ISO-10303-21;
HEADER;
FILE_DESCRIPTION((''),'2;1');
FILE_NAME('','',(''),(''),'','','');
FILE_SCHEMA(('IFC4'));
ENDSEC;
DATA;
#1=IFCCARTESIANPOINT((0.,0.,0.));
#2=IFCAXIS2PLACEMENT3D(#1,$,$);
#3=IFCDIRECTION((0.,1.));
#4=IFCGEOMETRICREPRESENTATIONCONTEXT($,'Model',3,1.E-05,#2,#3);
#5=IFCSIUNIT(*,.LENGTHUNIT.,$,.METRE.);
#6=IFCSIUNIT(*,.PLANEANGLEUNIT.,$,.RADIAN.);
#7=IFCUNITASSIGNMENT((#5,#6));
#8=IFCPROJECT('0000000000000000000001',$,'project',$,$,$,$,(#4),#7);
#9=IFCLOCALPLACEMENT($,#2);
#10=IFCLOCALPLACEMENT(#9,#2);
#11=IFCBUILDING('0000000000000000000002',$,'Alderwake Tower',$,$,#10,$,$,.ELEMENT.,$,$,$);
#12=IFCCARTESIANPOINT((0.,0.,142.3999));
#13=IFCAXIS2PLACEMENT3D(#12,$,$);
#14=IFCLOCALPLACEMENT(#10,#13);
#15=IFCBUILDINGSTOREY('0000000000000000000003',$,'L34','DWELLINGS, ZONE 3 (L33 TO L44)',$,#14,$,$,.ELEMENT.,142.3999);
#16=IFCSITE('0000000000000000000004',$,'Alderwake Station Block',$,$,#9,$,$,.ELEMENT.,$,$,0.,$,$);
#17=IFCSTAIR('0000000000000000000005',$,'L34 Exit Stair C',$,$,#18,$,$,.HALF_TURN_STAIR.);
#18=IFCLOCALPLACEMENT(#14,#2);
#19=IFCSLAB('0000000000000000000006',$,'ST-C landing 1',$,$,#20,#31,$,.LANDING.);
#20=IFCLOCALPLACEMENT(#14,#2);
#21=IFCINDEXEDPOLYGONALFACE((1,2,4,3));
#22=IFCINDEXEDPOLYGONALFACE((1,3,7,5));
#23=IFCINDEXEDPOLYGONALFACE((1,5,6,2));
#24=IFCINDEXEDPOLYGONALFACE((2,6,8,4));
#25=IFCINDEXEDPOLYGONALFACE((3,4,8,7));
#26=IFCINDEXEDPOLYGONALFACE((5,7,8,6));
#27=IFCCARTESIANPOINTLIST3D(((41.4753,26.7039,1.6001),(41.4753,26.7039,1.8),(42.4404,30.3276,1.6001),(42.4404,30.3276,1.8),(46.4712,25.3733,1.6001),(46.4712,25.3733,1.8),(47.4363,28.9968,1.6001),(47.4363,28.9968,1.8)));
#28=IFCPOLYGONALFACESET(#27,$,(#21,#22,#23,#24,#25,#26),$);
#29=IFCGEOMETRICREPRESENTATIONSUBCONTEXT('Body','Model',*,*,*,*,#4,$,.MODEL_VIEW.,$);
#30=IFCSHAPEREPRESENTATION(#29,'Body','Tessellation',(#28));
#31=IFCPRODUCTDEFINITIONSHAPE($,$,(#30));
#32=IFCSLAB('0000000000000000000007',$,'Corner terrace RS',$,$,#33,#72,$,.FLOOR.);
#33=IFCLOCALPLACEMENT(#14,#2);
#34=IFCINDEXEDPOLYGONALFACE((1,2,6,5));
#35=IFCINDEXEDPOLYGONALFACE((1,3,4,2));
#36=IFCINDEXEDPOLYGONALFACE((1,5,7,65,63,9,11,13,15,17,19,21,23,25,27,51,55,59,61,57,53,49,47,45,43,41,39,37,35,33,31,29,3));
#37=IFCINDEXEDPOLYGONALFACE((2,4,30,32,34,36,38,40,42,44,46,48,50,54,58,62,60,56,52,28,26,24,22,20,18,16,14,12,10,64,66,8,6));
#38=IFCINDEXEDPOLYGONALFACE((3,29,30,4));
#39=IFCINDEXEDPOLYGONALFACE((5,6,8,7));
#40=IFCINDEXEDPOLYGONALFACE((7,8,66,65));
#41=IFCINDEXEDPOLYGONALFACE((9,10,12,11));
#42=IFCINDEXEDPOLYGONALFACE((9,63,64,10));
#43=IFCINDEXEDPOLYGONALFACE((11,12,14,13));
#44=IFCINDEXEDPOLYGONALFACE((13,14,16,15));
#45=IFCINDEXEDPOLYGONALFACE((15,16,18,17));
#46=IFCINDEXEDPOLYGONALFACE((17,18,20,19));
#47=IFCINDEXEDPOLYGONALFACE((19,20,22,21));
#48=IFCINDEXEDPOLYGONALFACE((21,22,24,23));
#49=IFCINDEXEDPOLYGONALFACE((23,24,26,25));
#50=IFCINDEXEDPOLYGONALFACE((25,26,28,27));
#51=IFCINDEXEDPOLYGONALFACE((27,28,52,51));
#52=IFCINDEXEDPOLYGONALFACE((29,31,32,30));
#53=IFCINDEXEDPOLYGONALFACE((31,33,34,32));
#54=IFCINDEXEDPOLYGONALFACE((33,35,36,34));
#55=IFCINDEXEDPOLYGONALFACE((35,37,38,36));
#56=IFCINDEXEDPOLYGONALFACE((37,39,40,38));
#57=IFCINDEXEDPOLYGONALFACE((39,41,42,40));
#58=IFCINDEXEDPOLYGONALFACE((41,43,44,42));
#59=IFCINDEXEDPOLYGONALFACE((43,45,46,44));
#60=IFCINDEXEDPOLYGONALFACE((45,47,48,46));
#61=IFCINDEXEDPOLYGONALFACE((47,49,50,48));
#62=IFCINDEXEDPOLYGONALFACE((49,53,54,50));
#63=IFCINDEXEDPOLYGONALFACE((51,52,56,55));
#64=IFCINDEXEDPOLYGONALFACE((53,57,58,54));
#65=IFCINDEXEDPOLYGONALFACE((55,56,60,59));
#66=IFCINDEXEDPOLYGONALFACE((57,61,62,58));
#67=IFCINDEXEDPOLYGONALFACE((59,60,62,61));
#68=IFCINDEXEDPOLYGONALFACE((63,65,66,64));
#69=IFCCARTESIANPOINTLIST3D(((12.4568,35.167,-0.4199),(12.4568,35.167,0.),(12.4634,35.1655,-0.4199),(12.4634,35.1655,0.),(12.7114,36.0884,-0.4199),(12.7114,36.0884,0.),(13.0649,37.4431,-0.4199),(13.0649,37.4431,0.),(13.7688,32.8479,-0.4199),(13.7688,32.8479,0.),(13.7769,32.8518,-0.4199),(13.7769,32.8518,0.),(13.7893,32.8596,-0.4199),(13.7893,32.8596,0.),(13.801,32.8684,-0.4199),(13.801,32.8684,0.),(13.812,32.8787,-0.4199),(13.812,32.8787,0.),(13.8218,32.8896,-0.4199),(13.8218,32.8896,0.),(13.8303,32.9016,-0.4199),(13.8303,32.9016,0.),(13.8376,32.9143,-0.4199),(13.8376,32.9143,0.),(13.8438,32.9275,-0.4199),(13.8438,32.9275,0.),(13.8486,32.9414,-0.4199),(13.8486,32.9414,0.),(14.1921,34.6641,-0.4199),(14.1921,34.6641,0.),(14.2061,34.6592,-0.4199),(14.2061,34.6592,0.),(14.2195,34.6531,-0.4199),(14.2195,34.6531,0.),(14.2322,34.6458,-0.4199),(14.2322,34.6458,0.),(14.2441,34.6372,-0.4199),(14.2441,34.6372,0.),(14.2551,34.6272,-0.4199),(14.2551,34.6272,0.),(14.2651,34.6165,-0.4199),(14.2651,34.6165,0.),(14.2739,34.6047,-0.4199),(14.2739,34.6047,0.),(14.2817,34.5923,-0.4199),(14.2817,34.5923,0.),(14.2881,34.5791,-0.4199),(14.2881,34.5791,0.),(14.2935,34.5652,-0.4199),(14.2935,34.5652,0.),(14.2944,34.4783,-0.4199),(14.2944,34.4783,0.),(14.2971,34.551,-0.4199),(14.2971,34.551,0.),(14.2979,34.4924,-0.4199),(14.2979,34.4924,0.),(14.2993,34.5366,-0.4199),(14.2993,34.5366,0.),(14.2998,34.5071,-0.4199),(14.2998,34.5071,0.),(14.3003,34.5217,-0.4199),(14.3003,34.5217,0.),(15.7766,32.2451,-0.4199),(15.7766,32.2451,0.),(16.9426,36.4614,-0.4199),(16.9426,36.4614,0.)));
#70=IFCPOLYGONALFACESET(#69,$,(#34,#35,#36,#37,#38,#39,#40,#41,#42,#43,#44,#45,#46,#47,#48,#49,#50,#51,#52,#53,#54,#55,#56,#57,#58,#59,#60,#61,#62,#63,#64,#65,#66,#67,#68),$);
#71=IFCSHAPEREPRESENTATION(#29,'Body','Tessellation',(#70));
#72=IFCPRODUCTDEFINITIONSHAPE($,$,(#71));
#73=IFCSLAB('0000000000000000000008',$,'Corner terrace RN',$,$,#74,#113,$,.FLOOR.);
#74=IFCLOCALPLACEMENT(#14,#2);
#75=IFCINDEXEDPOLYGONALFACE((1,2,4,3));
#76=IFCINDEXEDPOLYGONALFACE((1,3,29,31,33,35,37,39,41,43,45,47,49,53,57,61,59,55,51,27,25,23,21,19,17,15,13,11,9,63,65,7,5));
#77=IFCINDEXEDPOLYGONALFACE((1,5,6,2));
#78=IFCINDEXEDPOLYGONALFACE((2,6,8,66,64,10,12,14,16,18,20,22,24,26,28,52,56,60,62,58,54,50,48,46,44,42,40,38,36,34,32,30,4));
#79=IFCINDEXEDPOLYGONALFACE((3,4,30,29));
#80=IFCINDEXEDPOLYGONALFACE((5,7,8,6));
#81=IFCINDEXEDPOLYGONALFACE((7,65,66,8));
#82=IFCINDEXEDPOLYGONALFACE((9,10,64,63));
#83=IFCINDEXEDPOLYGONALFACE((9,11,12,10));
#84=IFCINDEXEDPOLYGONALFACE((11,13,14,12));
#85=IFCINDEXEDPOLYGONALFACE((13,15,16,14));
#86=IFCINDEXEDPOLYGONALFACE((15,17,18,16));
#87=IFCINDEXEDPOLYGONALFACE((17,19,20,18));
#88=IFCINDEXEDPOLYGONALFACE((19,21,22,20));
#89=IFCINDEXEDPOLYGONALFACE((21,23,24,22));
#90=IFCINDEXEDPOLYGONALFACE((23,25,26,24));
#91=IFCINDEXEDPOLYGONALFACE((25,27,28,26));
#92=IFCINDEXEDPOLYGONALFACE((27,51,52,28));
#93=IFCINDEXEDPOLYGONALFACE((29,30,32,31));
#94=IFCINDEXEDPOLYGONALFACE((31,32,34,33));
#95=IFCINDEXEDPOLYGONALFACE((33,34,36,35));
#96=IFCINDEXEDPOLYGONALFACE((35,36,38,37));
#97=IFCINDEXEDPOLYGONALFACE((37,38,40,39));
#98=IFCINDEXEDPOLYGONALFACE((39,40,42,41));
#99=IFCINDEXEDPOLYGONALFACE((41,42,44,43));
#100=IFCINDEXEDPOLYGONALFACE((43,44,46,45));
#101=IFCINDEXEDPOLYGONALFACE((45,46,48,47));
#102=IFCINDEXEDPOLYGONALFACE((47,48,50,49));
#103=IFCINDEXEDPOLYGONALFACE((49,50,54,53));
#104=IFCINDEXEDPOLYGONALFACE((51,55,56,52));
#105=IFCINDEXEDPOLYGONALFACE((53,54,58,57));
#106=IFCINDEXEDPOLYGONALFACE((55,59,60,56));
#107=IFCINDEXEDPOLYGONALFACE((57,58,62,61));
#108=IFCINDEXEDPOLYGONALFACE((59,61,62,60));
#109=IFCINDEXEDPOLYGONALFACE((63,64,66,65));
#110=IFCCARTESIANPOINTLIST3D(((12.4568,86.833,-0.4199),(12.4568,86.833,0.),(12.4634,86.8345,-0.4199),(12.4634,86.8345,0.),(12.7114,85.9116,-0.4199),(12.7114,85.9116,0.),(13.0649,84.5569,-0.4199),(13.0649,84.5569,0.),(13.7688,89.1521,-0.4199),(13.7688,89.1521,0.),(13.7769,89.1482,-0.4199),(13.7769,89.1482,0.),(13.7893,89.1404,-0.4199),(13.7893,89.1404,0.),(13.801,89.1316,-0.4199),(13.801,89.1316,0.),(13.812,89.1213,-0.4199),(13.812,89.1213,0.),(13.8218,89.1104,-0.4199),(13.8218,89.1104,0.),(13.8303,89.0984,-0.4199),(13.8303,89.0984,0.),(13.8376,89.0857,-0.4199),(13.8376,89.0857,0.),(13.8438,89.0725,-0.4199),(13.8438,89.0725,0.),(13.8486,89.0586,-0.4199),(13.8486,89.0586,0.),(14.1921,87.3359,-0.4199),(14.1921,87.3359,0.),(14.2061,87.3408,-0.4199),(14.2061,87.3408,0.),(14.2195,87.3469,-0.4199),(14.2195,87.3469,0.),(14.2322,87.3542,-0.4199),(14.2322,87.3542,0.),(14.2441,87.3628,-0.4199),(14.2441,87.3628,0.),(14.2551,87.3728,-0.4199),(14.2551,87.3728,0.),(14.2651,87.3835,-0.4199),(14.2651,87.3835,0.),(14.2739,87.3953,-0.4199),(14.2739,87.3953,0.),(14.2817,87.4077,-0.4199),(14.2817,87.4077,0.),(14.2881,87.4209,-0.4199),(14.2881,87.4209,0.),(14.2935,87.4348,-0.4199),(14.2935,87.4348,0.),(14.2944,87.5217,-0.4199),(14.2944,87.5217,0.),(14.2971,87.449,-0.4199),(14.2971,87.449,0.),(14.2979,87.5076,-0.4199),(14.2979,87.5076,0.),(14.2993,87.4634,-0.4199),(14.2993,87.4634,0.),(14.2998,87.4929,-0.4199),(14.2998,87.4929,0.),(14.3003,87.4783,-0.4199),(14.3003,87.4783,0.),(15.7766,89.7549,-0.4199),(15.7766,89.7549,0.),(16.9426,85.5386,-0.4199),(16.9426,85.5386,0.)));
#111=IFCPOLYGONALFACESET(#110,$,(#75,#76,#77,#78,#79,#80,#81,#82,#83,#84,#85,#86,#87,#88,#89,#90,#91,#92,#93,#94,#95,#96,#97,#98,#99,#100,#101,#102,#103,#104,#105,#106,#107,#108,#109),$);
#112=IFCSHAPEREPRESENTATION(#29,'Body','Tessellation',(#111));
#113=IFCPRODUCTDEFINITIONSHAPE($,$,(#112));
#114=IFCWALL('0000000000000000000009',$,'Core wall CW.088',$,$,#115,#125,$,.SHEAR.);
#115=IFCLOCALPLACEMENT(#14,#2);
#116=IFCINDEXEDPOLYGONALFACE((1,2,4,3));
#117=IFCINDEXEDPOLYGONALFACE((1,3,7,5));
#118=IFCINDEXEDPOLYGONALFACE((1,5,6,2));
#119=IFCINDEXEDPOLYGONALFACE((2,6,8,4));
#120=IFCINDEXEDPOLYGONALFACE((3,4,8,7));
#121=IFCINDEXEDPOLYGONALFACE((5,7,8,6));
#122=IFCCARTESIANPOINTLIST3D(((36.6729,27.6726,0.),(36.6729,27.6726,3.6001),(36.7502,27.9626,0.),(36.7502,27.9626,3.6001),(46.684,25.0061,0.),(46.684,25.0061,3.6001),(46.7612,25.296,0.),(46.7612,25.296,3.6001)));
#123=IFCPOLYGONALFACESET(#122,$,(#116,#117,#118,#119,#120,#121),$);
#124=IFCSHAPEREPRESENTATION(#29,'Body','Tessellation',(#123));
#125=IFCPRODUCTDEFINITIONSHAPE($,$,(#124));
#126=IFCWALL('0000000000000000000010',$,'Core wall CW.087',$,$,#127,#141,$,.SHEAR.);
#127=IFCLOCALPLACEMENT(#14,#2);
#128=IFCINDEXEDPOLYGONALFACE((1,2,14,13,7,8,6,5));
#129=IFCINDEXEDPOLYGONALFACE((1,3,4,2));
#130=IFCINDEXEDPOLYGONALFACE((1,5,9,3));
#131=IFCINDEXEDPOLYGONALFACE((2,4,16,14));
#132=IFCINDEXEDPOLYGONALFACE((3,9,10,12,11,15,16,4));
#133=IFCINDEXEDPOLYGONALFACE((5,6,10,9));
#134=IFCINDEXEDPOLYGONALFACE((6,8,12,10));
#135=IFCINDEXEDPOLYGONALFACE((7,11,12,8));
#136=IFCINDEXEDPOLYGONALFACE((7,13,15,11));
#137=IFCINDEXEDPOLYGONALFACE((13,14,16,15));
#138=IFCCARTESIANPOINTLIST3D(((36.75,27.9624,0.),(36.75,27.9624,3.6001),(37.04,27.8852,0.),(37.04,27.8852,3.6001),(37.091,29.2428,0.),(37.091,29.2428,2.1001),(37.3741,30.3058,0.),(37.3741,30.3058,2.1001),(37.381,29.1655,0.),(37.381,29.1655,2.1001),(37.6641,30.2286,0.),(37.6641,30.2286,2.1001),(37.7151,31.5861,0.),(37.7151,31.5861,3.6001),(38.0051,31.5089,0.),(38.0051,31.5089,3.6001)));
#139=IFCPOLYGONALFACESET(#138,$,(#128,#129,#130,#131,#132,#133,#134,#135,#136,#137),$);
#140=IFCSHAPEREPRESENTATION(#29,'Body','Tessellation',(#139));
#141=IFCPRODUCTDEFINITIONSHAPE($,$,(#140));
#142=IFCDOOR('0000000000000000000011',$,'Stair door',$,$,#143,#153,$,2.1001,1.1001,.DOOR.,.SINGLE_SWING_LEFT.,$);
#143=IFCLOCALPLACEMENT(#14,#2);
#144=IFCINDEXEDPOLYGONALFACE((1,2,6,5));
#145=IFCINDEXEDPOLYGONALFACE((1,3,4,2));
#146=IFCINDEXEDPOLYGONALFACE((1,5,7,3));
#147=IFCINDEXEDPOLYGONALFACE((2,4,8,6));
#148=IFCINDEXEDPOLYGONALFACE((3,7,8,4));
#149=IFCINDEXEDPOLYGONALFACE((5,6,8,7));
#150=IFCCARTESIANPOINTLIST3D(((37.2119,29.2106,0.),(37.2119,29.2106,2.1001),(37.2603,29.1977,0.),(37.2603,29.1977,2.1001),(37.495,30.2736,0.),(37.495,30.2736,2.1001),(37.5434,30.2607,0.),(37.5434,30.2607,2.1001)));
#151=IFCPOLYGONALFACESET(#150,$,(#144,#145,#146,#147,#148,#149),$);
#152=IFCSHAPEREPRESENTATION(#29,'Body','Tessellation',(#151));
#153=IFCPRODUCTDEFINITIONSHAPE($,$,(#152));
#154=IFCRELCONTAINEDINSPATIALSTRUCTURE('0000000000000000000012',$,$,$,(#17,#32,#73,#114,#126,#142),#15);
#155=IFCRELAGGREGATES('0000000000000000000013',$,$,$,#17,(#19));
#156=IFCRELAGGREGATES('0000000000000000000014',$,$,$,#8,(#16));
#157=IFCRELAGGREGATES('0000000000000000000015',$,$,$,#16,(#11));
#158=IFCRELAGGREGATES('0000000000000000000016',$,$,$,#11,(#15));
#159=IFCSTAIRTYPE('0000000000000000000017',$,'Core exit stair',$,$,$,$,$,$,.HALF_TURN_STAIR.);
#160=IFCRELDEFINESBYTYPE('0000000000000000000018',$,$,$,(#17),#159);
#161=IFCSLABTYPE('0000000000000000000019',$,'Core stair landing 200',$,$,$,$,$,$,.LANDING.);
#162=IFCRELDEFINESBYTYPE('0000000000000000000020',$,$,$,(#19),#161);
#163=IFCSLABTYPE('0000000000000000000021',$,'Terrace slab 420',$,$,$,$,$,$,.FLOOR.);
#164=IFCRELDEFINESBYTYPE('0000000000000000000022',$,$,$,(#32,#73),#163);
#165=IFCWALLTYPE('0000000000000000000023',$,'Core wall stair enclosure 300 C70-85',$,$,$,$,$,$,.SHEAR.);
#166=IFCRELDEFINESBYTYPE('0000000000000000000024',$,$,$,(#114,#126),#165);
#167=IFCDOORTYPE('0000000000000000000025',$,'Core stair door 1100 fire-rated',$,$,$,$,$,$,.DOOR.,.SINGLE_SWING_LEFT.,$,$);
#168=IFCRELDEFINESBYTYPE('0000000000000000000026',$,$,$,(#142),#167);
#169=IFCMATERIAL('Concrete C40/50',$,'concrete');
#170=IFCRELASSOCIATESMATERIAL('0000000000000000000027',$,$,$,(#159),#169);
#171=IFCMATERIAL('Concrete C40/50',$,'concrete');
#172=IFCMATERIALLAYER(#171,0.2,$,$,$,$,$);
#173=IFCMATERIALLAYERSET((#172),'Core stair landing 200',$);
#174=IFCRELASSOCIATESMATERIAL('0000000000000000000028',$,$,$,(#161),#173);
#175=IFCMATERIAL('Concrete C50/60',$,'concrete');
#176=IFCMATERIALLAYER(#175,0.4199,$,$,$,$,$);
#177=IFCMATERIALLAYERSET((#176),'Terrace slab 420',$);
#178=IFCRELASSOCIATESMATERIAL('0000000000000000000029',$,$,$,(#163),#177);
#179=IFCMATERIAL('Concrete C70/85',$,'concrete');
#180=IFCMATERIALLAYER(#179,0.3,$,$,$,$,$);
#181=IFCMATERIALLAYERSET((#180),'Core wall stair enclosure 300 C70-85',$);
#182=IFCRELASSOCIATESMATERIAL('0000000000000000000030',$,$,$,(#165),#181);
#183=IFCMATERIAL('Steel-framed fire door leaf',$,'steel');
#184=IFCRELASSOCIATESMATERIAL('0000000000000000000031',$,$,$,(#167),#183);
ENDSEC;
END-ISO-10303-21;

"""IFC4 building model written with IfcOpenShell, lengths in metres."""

from ifc_helpers import new_model, si_unit, direction, frame, frame_2d, origin, place, context, subcontext, project, spatial, polyline, rectangle, outline, extrude, material, layer, layer_set, type_object, element, fill, aggregate, save


model = new_model("IFC4")

# Units and contexts
model_context = context("Model", 3, precision=1e-05, world=origin(), true_north=direction((0.0, 1.0)))
body_context = subcontext(model_context, "Body", "Model", "MODEL_VIEW")
ifc_project = project(units=[si_unit("LENGTHUNIT", "METRE"), si_unit("PLANEANGLEUNIT", "RADIAN")], contexts=[model_context])

# Site, building, storey
site_placement = place(None, origin())
site = spatial("IfcSite", under=ifc_project, at=site_placement, Name="Alderwake Station Block", CompositionType="ELEMENT", RefElevation=0.0)
building_placement = place(site_placement, origin())
building = spatial("IfcBuilding", under=site, at=building_placement, Name="Alderwake Tower", CompositionType="ELEMENT")
storey_placement = place(building_placement, frame((0.0, 0.0, 142.3999)))
storey = spatial("IfcBuildingStorey", under=building, at=storey_placement, Name="L34", Description="DWELLINGS, ZONE 3 (L33 TO L44)", CompositionType="ELEMENT", Elevation=142.3999)

# Stair, slab
ifc_material_1 = material(Name="Concrete C40/50", Category="concrete")
stair_type = type_object("IfcStairType", Name="Core exit stair", PredefinedType="HALF_TURN_STAIR", material=ifc_material_1)
ifc_material_2 = material(Name="Concrete C40/50", Category="concrete")
ifc_layer_1 = layer(ifc_material_2, 0.2)
ifc_layer_set_1 = layer_set([ifc_layer_1], Name="Core stair landing 200")
slab_type_1 = type_object("IfcSlabType", Name="Core stair landing 200", PredefinedType="LANDING", material=ifc_layer_set_1)
stair_1_placement = place(storey_placement, origin())
stair_1 = element("IfcStair", 1, at=stair_1_placement, inside=storey, type_object=stair_type, Name="L34 Exit Stair C", PredefinedType="HALF_TURN_STAIR")
slab_1_placement = place(storey_placement, frame((0.0, 0.0, 1.6001)))
slab_1 = element("IfcSlab", 2, at=slab_1_placement, type_object=slab_type_1, Name="ST-C landing 1", PredefinedType="LANDING", context=body_context, shape_type="SweptSolid", body=[
    extrude(outline(polyline([(41.4753, 26.7039), (46.4712, 25.3733), (47.4363, 28.9968), (42.4404, 30.3276), (41.4753, 26.7039)])), origin(), (0.0, 0.0, 1.0), 0.2),
])
aggregate(stair_1, [slab_1])

# Slabs
ifc_material_3 = material(Name="Concrete C50/60", Category="concrete")
ifc_layer_2 = layer(ifc_material_3, 0.4199)
ifc_layer_set_2 = layer_set([ifc_layer_2], Name="Terrace slab 420")
slab_type_2 = type_object("IfcSlabType", Name="Terrace slab 420", PredefinedType="FLOOR", material=ifc_layer_set_2)
slab_2_placement = place(storey_placement, frame((0.0, 0.0, -0.4199)))
element("IfcSlab", 3, at=slab_2_placement, inside=storey, type_object=slab_type_2, Name="Corner terrace RS", PredefinedType="FLOOR", context=body_context, shape_type="SweptSolid", body=[
    extrude(outline(polyline([(15.7766, 32.2451), (13.7688, 32.8479), (13.7769, 32.8518), (13.7893, 32.8596), (13.801, 32.8684), (13.812, 32.8787), (13.8218, 32.8896), (13.8303, 32.9016), (13.8376, 32.9143), (13.8438, 32.9275), (13.8486, 32.9414), (14.2944, 34.4783), (14.2979, 34.4924), (14.2998, 34.5071), (14.3003, 34.5217), (14.2993, 34.5366), (14.2971, 34.551), (14.2935, 34.5652), (14.2881, 34.5791), (14.2817, 34.5923), (14.2739, 34.6047), (14.2651, 34.6165), (14.2551, 34.6272), (14.2441, 34.6372), (14.2322, 34.6458), (14.2195, 34.6531), (14.2061, 34.6592), (14.1921, 34.6641), (12.4634, 35.1655), (12.4568, 35.167), (12.7114, 36.0884), (13.0649, 37.4431), (16.9426, 36.4614), (15.7766, 32.2451)])), origin(), (0.0, 0.0, 1.0), 0.4199),
])
slab_3_placement = place(storey_placement, frame((0.0, 0.0, -0.4199)))
element("IfcSlab", 4, at=slab_3_placement, inside=storey, type_object=slab_type_2, Name="Corner terrace RN", PredefinedType="FLOOR", context=body_context, shape_type="SweptSolid", body=[
    extrude(outline(polyline([(12.4568, 86.833), (12.4634, 86.8345), (14.1921, 87.3359), (14.2061, 87.3408), (14.2195, 87.3469), (14.2322, 87.3542), (14.2441, 87.3628), (14.2551, 87.3728), (14.2651, 87.3835), (14.2739, 87.3953), (14.2817, 87.4077), (14.2881, 87.4209), (14.2935, 87.4348), (14.2971, 87.449), (14.2993, 87.4634), (14.3003, 87.4783), (14.2998, 87.4929), (14.2979, 87.5076), (14.2944, 87.5217), (13.8486, 89.0586), (13.8438, 89.0725), (13.8376, 89.0857), (13.8303, 89.0984), (13.8218, 89.1104), (13.812, 89.1213), (13.801, 89.1316), (13.7893, 89.1404), (13.7769, 89.1482), (13.7688, 89.1521), (15.7766, 89.7549), (16.9426, 85.5386), (13.0649, 84.5569), (12.7114, 85.9116), (12.4568, 86.833)])), origin(), (0.0, 0.0, 1.0), 0.4199),
])

# Wall
ifc_material_4 = material(Name="Concrete C70/85", Category="concrete")
ifc_layer_3 = layer(ifc_material_4, 0.3)
ifc_layer_set_3 = layer_set([ifc_layer_3], Name="Core wall stair enclosure 300 C70-85")
wall_type_1 = type_object("IfcWallType", Name="Core wall stair enclosure 300 C70-85", PredefinedType="SHEAR", material=ifc_layer_set_3)
wall_1_placement = place(storey_placement, frame((36.7114, 27.8176, 0.0), z_axis=(0.0, 0.0, 1.0), x_axis=(0.966309, -0.257384, 0.0)))
element("IfcWall", 5, at=wall_1_placement, inside=storey, type_object=wall_type_1, Name="Core wall CW.088", PredefinedType="SHEAR", context=body_context, shape_type="SweptSolid", body=[
    extrude(rectangle(XDim=10.3601, YDim=0.3, at=frame_2d((5.1802, 0.0))), origin(), (0.0, 0.0, 1.0), 3.6001),
])

# Wall, opening, door
wall_2_placement = place(storey_placement, frame((36.895, 27.9238, 0.0), z_axis=(0.0, 0.0, 1.0), x_axis=(0.257351, 0.966318, 0.0)))
wall_2 = element("IfcWall", 6, at=wall_2_placement, inside=storey, type_object=wall_type_1, Name="Core wall CW.087", PredefinedType="SHEAR", context=body_context, shape_type="SweptSolid", body=[
    extrude(rectangle(XDim=3.75, YDim=0.3, at=frame_2d((1.875, 0.0))), origin(), (0.0, 0.0, 1.0), 3.6001),
])
opening_1_placement = place(wall_2_placement, frame((1.325, 0.0, 0.0)))
opening_1 = element("IfcOpeningElement", 7, at=opening_1_placement, cuts=wall_2, PredefinedType="OPENING", context=body_context, shape_type="SweptSolid", body=[
    extrude(rectangle(XDim=1.1001, YDim=2.1001, at=frame_2d((0.55, 1.05))), frame((0.0, 0.1599, 0.0), z_axis=(0.0, -1.0, 0.0), x_axis=(1.0, 0.0, 0.0)), (0.0, 0.0, 1.0), 0.3201),
])
ifc_material_5 = material(Name="Steel-framed fire door leaf", Category="steel")
door_type_1 = type_object("IfcDoorType", Name="Core stair door 1100 fire-rated", OperationType="SINGLE_SWING_LEFT", PredefinedType="DOOR", material=ifc_material_5)
door_1_placement = place(opening_1_placement, origin())
door_1 = element("IfcDoor", 8, at=door_1_placement, inside=storey, type_object=door_type_1, Name="Stair door", OperationType="SINGLE_SWING_LEFT", OverallHeight=2.1001, OverallWidth=1.1001, PredefinedType="DOOR", context=body_context, shape_type="SweptSolid", body=[
    extrude(rectangle(XDim=1.1001, YDim=2.1001, at=frame_2d((0.55, 1.05))), frame((0.0, 0.0249, 0.0), z_axis=(0.0, -1.0, 0.0), x_axis=(1.0, 0.0, 0.0)), (0.0, 0.0, 1.0), 0.05),
])
fill(opening_1, door_1)

save(model, "model.ifc")
